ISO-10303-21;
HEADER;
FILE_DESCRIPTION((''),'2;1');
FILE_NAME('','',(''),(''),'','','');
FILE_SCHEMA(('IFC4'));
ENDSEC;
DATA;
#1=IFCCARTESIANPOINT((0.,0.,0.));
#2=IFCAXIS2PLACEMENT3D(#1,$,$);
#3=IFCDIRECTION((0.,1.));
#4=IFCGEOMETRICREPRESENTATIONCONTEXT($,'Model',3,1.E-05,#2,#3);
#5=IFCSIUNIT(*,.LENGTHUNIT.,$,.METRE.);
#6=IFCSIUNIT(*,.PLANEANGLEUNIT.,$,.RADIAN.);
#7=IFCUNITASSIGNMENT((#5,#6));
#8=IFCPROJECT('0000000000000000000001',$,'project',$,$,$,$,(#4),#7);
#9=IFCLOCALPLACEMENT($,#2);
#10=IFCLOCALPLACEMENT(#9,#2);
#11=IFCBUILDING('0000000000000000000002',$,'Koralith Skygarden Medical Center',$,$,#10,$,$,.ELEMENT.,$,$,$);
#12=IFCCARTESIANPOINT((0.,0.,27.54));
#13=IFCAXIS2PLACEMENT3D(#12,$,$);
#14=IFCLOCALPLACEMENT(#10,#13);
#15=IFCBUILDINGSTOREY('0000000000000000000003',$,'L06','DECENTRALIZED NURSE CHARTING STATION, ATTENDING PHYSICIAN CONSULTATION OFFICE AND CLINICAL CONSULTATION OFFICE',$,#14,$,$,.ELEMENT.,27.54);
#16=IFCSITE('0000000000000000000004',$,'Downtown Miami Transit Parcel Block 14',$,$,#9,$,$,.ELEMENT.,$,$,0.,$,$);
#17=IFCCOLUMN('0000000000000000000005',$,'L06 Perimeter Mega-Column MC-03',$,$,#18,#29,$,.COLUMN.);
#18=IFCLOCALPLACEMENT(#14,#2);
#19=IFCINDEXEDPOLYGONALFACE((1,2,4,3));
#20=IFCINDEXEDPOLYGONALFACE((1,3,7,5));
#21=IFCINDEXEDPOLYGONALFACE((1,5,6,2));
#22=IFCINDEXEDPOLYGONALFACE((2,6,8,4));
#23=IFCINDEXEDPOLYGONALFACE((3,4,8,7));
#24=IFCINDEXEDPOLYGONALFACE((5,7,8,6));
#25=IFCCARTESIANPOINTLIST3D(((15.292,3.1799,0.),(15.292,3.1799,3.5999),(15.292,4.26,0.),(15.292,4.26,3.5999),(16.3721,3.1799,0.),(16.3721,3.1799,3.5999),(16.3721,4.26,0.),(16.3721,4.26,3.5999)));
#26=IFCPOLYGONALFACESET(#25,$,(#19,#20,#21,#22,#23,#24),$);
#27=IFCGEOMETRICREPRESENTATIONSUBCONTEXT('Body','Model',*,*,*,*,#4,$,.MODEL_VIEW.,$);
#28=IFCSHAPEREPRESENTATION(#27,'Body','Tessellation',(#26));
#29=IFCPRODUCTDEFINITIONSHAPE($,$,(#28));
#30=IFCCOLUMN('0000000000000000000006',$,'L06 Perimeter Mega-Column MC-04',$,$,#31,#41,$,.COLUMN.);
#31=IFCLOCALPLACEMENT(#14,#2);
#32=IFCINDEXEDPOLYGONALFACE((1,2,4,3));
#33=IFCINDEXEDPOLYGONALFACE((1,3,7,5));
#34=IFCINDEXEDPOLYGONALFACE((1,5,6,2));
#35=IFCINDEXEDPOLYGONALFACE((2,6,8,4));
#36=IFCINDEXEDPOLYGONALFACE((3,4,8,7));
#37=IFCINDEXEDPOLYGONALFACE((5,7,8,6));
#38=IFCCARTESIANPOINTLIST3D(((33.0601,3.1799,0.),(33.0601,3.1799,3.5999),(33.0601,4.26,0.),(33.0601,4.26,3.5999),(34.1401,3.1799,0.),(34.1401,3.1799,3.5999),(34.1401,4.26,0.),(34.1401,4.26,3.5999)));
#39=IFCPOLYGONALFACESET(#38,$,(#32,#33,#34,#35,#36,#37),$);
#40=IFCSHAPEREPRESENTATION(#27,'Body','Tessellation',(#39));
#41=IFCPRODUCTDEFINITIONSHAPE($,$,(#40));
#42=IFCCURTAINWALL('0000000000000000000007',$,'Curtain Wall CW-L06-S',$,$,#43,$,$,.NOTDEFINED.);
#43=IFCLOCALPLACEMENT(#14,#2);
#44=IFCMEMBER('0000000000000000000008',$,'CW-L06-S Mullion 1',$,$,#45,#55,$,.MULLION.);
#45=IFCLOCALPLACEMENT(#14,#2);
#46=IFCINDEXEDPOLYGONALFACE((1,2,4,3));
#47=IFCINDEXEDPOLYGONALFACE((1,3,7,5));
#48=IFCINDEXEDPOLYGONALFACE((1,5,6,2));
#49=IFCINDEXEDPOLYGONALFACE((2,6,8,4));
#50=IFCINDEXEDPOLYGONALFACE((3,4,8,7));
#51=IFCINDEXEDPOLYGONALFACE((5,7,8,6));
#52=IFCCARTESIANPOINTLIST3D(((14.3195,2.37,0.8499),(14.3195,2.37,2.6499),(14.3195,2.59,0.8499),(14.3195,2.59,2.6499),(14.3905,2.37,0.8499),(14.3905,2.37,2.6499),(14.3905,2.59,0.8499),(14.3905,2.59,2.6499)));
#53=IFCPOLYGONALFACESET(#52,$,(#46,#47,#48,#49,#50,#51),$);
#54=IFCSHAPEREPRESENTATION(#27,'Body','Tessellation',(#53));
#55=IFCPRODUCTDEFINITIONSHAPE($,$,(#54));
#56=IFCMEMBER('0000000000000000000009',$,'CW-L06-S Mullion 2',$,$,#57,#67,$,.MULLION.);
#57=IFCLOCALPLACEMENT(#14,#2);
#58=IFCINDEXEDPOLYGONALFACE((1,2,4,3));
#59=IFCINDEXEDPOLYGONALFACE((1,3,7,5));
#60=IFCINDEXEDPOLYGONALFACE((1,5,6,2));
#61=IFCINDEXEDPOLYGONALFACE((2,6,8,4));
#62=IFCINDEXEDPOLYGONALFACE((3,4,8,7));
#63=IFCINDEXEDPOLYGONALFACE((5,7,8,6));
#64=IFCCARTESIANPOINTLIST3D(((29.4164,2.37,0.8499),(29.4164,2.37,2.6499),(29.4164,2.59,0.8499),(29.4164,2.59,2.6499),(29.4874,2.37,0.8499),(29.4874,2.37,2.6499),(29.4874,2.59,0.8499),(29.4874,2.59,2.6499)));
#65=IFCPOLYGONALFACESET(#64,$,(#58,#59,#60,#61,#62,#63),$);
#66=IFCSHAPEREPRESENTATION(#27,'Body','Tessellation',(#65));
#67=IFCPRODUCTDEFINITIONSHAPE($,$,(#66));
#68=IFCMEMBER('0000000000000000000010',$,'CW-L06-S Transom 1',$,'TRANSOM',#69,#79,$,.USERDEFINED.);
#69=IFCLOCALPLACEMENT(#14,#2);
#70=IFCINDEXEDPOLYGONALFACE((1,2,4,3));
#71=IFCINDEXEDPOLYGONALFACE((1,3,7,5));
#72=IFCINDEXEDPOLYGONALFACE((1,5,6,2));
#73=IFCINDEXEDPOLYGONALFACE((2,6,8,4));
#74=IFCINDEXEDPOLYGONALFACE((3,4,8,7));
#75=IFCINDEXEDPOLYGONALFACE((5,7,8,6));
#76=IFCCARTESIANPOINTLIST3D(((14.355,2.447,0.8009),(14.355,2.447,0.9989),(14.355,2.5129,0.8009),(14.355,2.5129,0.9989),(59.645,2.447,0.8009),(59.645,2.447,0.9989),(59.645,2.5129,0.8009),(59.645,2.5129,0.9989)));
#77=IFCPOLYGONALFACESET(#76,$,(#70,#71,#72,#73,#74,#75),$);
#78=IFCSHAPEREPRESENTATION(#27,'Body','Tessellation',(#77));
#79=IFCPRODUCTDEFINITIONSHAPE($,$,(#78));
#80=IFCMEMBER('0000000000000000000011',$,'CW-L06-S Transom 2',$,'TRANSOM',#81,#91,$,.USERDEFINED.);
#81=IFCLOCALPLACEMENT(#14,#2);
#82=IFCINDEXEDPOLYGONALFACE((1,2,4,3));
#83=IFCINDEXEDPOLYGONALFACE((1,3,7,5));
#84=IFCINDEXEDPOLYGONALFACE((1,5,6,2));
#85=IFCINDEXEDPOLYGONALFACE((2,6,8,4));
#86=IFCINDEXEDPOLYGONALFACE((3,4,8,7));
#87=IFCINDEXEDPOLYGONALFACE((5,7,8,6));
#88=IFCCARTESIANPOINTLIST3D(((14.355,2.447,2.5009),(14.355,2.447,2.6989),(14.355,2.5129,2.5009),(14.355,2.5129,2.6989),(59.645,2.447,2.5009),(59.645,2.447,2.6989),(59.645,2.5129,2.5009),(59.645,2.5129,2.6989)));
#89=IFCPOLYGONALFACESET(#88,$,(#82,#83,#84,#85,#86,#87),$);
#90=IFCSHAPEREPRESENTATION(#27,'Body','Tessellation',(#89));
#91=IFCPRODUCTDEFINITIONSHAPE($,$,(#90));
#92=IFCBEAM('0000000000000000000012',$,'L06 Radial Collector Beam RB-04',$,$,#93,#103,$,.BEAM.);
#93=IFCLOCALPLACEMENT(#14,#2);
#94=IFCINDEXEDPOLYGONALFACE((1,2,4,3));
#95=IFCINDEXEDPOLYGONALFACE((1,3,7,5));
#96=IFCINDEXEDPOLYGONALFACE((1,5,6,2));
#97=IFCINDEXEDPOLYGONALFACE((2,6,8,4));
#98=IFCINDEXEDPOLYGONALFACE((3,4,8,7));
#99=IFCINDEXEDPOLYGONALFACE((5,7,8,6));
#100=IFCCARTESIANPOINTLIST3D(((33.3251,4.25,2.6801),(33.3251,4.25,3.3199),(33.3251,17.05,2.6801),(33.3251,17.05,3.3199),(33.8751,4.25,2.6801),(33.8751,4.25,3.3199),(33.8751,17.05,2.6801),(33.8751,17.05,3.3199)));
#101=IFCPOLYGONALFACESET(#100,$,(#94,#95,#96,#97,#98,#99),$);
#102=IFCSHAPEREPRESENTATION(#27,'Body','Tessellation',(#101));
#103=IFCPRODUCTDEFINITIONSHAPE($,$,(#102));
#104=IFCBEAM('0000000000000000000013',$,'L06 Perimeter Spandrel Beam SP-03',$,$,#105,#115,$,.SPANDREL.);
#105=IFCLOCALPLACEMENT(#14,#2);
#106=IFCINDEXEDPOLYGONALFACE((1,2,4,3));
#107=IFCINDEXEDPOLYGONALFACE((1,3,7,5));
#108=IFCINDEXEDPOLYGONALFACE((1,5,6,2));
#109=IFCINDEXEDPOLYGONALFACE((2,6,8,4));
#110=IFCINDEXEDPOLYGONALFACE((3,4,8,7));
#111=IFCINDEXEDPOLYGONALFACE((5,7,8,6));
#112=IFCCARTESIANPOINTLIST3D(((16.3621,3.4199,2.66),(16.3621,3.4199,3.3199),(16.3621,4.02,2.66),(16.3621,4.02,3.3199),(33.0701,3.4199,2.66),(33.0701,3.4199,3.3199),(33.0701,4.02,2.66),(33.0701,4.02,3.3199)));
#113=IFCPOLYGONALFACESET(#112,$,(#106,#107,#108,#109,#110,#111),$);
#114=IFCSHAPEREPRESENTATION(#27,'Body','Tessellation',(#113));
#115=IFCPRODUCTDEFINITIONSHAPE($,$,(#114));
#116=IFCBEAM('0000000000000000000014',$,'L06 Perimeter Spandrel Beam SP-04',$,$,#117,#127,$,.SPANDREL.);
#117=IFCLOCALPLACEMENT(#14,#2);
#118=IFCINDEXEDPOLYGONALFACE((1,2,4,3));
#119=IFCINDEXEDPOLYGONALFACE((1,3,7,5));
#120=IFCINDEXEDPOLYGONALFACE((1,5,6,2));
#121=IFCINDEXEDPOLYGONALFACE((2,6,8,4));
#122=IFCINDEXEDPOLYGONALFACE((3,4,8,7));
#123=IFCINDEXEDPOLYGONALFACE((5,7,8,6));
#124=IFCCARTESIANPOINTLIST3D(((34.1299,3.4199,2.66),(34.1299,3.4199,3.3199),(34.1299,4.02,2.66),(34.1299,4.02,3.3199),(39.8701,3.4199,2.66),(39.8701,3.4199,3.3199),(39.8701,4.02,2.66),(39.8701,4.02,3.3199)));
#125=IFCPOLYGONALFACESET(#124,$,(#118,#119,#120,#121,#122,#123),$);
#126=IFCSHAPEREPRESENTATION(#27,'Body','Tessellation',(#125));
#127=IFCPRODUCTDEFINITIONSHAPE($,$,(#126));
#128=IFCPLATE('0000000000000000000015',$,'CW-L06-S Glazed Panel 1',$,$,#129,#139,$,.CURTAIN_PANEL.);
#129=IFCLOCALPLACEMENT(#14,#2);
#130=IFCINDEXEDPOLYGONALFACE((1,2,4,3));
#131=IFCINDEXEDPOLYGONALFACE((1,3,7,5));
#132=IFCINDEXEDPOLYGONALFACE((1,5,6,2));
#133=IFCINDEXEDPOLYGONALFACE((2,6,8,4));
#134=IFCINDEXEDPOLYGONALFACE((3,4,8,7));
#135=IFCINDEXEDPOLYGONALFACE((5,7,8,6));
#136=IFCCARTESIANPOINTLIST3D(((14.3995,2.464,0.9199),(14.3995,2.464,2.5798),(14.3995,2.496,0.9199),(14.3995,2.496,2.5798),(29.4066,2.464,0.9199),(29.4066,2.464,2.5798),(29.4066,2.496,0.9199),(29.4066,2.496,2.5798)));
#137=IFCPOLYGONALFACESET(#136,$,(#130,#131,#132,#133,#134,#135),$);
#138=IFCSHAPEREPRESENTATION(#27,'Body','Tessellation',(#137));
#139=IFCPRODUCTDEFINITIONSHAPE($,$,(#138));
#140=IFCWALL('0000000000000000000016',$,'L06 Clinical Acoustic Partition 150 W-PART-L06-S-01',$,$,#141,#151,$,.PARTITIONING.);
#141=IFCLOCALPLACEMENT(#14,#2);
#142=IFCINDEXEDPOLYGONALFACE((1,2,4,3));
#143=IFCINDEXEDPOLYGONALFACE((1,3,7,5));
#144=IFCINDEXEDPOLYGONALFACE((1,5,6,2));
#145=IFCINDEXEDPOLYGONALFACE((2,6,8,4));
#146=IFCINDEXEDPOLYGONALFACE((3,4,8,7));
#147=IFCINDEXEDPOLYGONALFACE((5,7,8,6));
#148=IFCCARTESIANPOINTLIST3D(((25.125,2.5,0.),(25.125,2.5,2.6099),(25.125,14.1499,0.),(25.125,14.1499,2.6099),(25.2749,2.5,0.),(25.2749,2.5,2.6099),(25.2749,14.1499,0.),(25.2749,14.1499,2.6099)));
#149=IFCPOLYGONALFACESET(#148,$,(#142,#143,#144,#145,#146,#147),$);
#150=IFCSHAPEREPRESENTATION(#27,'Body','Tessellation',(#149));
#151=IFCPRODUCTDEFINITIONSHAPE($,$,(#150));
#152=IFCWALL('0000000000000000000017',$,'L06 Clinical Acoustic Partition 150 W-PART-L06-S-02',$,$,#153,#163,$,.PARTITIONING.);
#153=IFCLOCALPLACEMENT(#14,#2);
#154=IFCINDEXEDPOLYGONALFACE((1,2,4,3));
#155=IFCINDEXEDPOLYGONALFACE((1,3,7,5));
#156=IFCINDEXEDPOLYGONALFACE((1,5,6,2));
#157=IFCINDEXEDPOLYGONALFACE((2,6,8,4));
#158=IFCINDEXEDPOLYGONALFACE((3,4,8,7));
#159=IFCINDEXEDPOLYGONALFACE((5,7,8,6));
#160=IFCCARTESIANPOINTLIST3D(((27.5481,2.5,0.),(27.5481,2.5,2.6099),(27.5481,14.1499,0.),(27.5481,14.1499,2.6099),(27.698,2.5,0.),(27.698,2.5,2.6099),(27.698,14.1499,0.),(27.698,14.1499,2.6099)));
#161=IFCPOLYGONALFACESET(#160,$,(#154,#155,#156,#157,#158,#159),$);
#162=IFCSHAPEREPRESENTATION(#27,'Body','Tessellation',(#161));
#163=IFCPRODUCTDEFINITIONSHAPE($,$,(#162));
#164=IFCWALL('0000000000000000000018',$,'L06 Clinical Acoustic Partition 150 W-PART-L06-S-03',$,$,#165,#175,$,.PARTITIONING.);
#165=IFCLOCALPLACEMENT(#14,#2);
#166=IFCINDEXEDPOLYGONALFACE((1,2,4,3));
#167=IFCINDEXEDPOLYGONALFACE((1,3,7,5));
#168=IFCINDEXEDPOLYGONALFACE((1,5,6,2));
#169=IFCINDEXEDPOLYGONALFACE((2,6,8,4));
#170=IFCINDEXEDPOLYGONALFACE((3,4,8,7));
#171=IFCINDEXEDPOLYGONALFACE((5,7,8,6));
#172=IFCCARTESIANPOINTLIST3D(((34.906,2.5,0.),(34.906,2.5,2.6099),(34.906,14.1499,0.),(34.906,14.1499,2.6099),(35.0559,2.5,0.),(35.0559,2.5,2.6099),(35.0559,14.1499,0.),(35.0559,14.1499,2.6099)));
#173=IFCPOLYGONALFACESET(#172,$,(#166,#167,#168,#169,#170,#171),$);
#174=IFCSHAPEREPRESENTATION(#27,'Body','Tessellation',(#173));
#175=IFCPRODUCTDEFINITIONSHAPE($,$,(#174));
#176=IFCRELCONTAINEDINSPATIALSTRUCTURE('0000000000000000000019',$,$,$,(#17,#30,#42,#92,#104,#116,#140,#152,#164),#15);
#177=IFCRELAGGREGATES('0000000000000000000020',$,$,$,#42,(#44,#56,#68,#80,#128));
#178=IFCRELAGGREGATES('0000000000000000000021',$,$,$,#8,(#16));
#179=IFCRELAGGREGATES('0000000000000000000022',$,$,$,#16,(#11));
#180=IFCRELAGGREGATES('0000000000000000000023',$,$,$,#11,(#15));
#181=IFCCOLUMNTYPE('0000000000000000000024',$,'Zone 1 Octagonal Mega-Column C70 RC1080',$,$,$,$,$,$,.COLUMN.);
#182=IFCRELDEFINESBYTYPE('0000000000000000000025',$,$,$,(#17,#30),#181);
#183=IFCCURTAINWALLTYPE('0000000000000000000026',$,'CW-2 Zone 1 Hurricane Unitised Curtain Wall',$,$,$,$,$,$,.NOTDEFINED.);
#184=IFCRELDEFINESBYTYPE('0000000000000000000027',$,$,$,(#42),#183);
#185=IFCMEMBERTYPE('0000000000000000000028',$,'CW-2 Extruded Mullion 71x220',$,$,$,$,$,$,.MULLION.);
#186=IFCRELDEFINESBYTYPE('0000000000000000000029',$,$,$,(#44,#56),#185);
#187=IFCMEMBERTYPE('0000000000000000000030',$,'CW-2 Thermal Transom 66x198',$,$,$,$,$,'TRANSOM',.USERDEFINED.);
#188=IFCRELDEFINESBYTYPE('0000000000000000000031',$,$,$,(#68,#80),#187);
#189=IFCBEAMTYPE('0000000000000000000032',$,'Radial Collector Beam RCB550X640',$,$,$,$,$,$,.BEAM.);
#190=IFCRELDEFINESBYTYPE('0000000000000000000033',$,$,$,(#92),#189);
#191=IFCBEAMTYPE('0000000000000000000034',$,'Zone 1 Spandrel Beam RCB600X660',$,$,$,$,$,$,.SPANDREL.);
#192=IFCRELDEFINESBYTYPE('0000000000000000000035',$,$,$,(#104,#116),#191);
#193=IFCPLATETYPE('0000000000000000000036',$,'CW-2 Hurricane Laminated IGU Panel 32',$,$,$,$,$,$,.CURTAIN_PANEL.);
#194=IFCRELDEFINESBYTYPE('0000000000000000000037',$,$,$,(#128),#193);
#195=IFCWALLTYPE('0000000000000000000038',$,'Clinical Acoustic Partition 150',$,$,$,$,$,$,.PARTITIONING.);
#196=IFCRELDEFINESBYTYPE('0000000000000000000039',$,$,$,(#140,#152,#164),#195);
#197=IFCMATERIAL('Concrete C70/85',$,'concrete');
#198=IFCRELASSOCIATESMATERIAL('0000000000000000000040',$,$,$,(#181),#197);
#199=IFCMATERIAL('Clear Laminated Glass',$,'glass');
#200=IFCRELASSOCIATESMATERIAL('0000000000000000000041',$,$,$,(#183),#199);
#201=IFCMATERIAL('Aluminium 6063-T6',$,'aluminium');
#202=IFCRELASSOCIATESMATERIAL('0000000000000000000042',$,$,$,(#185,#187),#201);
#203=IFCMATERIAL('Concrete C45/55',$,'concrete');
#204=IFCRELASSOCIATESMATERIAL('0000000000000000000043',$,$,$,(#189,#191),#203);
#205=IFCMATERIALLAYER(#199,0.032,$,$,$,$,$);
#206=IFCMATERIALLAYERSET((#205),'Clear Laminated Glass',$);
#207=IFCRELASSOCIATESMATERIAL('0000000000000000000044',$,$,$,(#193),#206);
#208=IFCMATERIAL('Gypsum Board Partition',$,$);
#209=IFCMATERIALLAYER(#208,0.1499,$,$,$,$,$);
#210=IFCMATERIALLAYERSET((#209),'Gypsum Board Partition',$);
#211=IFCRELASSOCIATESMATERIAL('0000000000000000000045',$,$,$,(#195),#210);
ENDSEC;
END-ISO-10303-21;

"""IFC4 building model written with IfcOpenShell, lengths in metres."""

from ifc_helpers import new_model, si_unit, direction, frame, frame_2d, origin, origin_2d, place, context, subcontext, project, spatial, rectangle, extrude, material, layer, layer_set, material_profile, profile_set, type_object, element, aggregate, save


model = new_model("IFC4")

# Units and contexts
model_context = context("Model", 3, precision=1e-05, world=origin(), true_north=direction((0.0, 1.0)))
body_context = subcontext(model_context, "Body", "Model", "MODEL_VIEW")
ifc_project = project(units=[si_unit("LENGTHUNIT", "METRE"), si_unit("PLANEANGLEUNIT", "RADIAN")], contexts=[model_context])

# Site, building, storey
site_placement = place(None, origin())
site = spatial("IfcSite", under=ifc_project, at=site_placement, Name="Downtown Miami Transit Parcel Block 14", CompositionType="ELEMENT", RefElevation=0.0)
building_placement = place(site_placement, origin())
building = spatial("IfcBuilding", under=site, at=building_placement, Name="Koralith Skygarden Medical Center", CompositionType="ELEMENT")
storey_placement = place(building_placement, frame((0.0, 0.0, 27.54)))
storey = spatial("IfcBuildingStorey", under=building, at=storey_placement, Name="L06", Description="DECENTRALIZED NURSE CHARTING STATION, ATTENDING PHYSICIAN CONSULTATION OFFICE AND CLINICAL CONSULTATION OFFICE", CompositionType="ELEMENT", Elevation=27.54)

# Columns
ifc_material_1 = material(Name="Concrete C70/85", Category="concrete")
ifc_material_profile_1 = material_profile(ifc_material_1, rectangle(XDim=1.0801, YDim=1.0801, at=origin_2d()), Name="RC1080X1080")
ifc_profile_set_1 = profile_set([ifc_material_profile_1], Name="Concrete C70/85")
column_type = type_object("IfcColumnType", Name="Zone 1 Octagonal Mega-Column C70 RC1080", PredefinedType="COLUMN", material=ifc_profile_set_1)
for number, where, z_axis, x_axis, name in (
    (1, (15.832, 3.72, 0.0), (0.0, 0.0, 1.0), (1.0, 0.0, 0.0), "L06 Perimeter Mega-Column MC-03"),
    (2, (33.6001, 3.72, 0.0), (0.0, 0.0, 1.0), (1.0, 0.0, 0.0), "L06 Perimeter Mega-Column MC-04"),
):
    element("IfcColumn", number, at=place(storey_placement, frame(where, z_axis=z_axis, x_axis=x_axis)), inside=storey, type_object=column_type, Name=name, PredefinedType="COLUMN", context=body_context, shape_type="SweptSolid", body=[
        extrude(rectangle(XDim=1.0801, YDim=1.0801, at=origin_2d()), origin(), (0.0, 0.0, 1.0), 3.5999),
    ])

# Curtain wall, members
ifc_material_2 = material(Name="Clear Laminated Glass", Category="glass")
curtain_wall_type = type_object("IfcCurtainWallType", Name="CW-2 Zone 1 Hurricane Unitised Curtain Wall", PredefinedType="NOTDEFINED", material=ifc_material_2)
curtain_wall_placement = place(storey_placement, origin())
curtain_wall = element("IfcCurtainWall", 3, at=curtain_wall_placement, inside=storey, type_object=curtain_wall_type, Name="Curtain Wall CW-L06-S", PredefinedType="NOTDEFINED")
ifc_material_3 = material(Name="Aluminium 6063-T6", Category="aluminium")
ifc_material_profile_2 = material_profile(ifc_material_3, rectangle(XDim=0.071, YDim=0.22, at=origin_2d()), Name="MUL71X220")
ifc_profile_set_2 = profile_set([ifc_material_profile_2], Name="Aluminium 6063-T6")
member_type_1 = type_object("IfcMemberType", Name="CW-2 Extruded Mullion 71x220", PredefinedType="MULLION", material=ifc_profile_set_2)
member_1_placement = place(storey_placement, frame((14.355, 2.48, 0.8499), z_axis=(0.0, 0.0, 1.0), x_axis=(1.0, 0.0, 0.0)))
member_1 = element("IfcMember", 4, at=member_1_placement, type_object=member_type_1, Name="CW-L06-S Mullion 1", PredefinedType="MULLION", context=body_context, shape_type="SweptSolid", body=[
    extrude(rectangle(XDim=0.071, YDim=0.22, at=origin_2d()), origin(), (0.0, 0.0, 1.0), 1.8),
])
member_2_placement = place(storey_placement, frame((29.4519, 2.48, 0.8499), z_axis=(0.0, 0.0, 1.0), x_axis=(1.0, 0.0, 0.0)))
member_2 = element("IfcMember", 5, at=member_2_placement, type_object=member_type_1, Name="CW-L06-S Mullion 2", PredefinedType="MULLION", context=body_context, shape_type="SweptSolid", body=[
    extrude(rectangle(XDim=0.071, YDim=0.22, at=origin_2d()), origin(), (0.0, 0.0, 1.0), 1.8),
])
ifc_material_profile_3 = material_profile(ifc_material_3, rectangle(XDim=0.0659, YDim=0.198, at=origin_2d()), Name="TRN66X198")
ifc_profile_set_3 = profile_set([ifc_material_profile_3], Name="Aluminium 6063-T6")
member_type_2 = type_object("IfcMemberType", Name="CW-2 Thermal Transom 66x198", ElementType="TRANSOM", PredefinedType="USERDEFINED", material=ifc_profile_set_3)
member_3_placement = place(storey_placement, frame((14.355, 2.48, 0.8999), z_axis=(1.0, 0.0, 0.0), x_axis=(0.0, 1.0, 0.0)))
member_3 = element("IfcMember", 6, at=member_3_placement, type_object=member_type_2, Name="CW-L06-S Transom 1", ObjectType="TRANSOM", PredefinedType="USERDEFINED", context=body_context, shape_type="SweptSolid", body=[
    extrude(rectangle(XDim=0.0659, YDim=0.198, at=origin_2d()), origin(), (0.0, 0.0, 1.0), 45.29),
])
member_4_placement = place(storey_placement, frame((14.355, 2.48, 2.5999), z_axis=(1.0, 0.0, 0.0), x_axis=(0.0, 1.0, 0.0)))
member_4 = element("IfcMember", 7, at=member_4_placement, type_object=member_type_2, Name="CW-L06-S Transom 2", ObjectType="TRANSOM", PredefinedType="USERDEFINED", context=body_context, shape_type="SweptSolid", body=[
    extrude(rectangle(XDim=0.0659, YDim=0.198, at=origin_2d()), origin(), (0.0, 0.0, 1.0), 45.29),
])

# Beams
ifc_material_4 = material(Name="Concrete C45/55", Category="concrete")
ifc_material_profile_4 = material_profile(ifc_material_4, rectangle(XDim=0.55, YDim=0.6399, at=origin_2d()), Name="RCB550X640")
ifc_profile_set_4 = profile_set([ifc_material_profile_4], Name="Concrete C45/55")
beam_type_1 = type_object("IfcBeamType", Name="Radial Collector Beam RCB550X640", PredefinedType="BEAM", material=ifc_profile_set_4)
beam_1_placement = place(storey_placement, frame((33.6001, 17.05, 3.0), z_axis=(0.0, -1.0, 0.0), x_axis=(1.0, 0.0, 0.0)))
element("IfcBeam", 8, at=beam_1_placement, inside=storey, type_object=beam_type_1, Name="L06 Radial Collector Beam RB-04", PredefinedType="BEAM", context=body_context, shape_type="SweptSolid", body=[
    extrude(rectangle(XDim=0.55, YDim=0.6399, at=origin_2d()), origin(), (0.0, 0.0, 1.0), 12.8),
])
ifc_material_profile_5 = material_profile(ifc_material_4, rectangle(XDim=0.6001, YDim=0.6599, at=origin_2d()), Name="RCB600X660")
ifc_profile_set_5 = profile_set([ifc_material_profile_5], Name="Concrete C45/55")
beam_type_2 = type_object("IfcBeamType", Name="Zone 1 Spandrel Beam RCB600X660", PredefinedType="SPANDREL", material=ifc_profile_set_5)
beam_2_placement = place(storey_placement, frame((16.3621, 3.72, 2.99), z_axis=(1.0, 0.0, 0.0), x_axis=(0.0, 1.0, 0.0)))
element("IfcBeam", 9, at=beam_2_placement, inside=storey, type_object=beam_type_2, Name="L06 Perimeter Spandrel Beam SP-03", PredefinedType="SPANDREL", context=body_context, shape_type="SweptSolid", body=[
    extrude(rectangle(XDim=0.6001, YDim=0.6599, at=origin_2d()), origin(), (0.0, 0.0, 1.0), 16.708),
])
beam_3_placement = place(storey_placement, frame((34.1299, 3.72, 2.99), z_axis=(1.0, 0.0, 0.0), x_axis=(0.0, 1.0, 0.0)))
element("IfcBeam", 10, at=beam_3_placement, inside=storey, type_object=beam_type_2, Name="L06 Perimeter Spandrel Beam SP-04", PredefinedType="SPANDREL", context=body_context, shape_type="SweptSolid", body=[
    extrude(rectangle(XDim=0.6001, YDim=0.6599, at=origin_2d()), origin(), (0.0, 0.0, 1.0), 5.7402),
])

# Plate
ifc_layer_1 = layer(ifc_material_2, 0.032)
ifc_layer_set_1 = layer_set([ifc_layer_1], Name="Clear Laminated Glass")
plate_type = type_object("IfcPlateType", Name="CW-2 Hurricane Laminated IGU Panel 32", PredefinedType="CURTAIN_PANEL", material=ifc_layer_set_1)
plate_placement = place(storey_placement, frame((21.9031, 2.48, 0.9199), z_axis=(0.0, 0.0, 1.0), x_axis=(1.0, 0.0, 0.0)))
plate = element("IfcPlate", 11, at=plate_placement, type_object=plate_type, Name="CW-L06-S Glazed Panel 1", PredefinedType="CURTAIN_PANEL", context=body_context, shape_type="SweptSolid", body=[
    extrude(rectangle(XDim=15.0071, YDim=0.032, at=origin_2d()), origin(), (0.0, 0.0, 1.0), 1.6599),
])
aggregate(curtain_wall, [member_1, member_2, member_3, member_4, plate])

# Walls
ifc_material_5 = material(Name="Gypsum Board Partition")
ifc_layer_2 = layer(ifc_material_5, 0.1499)
ifc_layer_set_2 = layer_set([ifc_layer_2], Name="Gypsum Board Partition")
wall_type_1 = type_object("IfcWallType", Name="Clinical Acoustic Partition 150", PredefinedType="PARTITIONING", material=ifc_layer_set_2)
for number, where, z_axis, x_axis, name in (
    (12, (25.2, 14.1499, 0.0), (0.0, 0.0, 1.0), (0.0, -1.0, 0.0), "L06 Clinical Acoustic Partition 150 W-PART-L06-S-01"),
    (13, (27.623, 14.1499, 0.0), (0.0, 0.0, 1.0), (0.0, -1.0, 0.0), "L06 Clinical Acoustic Partition 150 W-PART-L06-S-02"),
    (14, (34.981, 14.1499, 0.0), (0.0, 0.0, 1.0), (0.0, -1.0, 0.0), "L06 Clinical Acoustic Partition 150 W-PART-L06-S-03"),
):
    element("IfcWall", number, at=place(storey_placement, frame(where, z_axis=z_axis, x_axis=x_axis)), inside=storey, type_object=wall_type_1, Name=name, PredefinedType="PARTITIONING", context=body_context, shape_type="SweptSolid", body=[
        extrude(rectangle(XDim=11.6499, YDim=0.1499, at=frame_2d((5.825, 0.0))), origin(), (0.0, 0.0, 1.0), 2.6099),
    ])

save(model, "model.ifc")
